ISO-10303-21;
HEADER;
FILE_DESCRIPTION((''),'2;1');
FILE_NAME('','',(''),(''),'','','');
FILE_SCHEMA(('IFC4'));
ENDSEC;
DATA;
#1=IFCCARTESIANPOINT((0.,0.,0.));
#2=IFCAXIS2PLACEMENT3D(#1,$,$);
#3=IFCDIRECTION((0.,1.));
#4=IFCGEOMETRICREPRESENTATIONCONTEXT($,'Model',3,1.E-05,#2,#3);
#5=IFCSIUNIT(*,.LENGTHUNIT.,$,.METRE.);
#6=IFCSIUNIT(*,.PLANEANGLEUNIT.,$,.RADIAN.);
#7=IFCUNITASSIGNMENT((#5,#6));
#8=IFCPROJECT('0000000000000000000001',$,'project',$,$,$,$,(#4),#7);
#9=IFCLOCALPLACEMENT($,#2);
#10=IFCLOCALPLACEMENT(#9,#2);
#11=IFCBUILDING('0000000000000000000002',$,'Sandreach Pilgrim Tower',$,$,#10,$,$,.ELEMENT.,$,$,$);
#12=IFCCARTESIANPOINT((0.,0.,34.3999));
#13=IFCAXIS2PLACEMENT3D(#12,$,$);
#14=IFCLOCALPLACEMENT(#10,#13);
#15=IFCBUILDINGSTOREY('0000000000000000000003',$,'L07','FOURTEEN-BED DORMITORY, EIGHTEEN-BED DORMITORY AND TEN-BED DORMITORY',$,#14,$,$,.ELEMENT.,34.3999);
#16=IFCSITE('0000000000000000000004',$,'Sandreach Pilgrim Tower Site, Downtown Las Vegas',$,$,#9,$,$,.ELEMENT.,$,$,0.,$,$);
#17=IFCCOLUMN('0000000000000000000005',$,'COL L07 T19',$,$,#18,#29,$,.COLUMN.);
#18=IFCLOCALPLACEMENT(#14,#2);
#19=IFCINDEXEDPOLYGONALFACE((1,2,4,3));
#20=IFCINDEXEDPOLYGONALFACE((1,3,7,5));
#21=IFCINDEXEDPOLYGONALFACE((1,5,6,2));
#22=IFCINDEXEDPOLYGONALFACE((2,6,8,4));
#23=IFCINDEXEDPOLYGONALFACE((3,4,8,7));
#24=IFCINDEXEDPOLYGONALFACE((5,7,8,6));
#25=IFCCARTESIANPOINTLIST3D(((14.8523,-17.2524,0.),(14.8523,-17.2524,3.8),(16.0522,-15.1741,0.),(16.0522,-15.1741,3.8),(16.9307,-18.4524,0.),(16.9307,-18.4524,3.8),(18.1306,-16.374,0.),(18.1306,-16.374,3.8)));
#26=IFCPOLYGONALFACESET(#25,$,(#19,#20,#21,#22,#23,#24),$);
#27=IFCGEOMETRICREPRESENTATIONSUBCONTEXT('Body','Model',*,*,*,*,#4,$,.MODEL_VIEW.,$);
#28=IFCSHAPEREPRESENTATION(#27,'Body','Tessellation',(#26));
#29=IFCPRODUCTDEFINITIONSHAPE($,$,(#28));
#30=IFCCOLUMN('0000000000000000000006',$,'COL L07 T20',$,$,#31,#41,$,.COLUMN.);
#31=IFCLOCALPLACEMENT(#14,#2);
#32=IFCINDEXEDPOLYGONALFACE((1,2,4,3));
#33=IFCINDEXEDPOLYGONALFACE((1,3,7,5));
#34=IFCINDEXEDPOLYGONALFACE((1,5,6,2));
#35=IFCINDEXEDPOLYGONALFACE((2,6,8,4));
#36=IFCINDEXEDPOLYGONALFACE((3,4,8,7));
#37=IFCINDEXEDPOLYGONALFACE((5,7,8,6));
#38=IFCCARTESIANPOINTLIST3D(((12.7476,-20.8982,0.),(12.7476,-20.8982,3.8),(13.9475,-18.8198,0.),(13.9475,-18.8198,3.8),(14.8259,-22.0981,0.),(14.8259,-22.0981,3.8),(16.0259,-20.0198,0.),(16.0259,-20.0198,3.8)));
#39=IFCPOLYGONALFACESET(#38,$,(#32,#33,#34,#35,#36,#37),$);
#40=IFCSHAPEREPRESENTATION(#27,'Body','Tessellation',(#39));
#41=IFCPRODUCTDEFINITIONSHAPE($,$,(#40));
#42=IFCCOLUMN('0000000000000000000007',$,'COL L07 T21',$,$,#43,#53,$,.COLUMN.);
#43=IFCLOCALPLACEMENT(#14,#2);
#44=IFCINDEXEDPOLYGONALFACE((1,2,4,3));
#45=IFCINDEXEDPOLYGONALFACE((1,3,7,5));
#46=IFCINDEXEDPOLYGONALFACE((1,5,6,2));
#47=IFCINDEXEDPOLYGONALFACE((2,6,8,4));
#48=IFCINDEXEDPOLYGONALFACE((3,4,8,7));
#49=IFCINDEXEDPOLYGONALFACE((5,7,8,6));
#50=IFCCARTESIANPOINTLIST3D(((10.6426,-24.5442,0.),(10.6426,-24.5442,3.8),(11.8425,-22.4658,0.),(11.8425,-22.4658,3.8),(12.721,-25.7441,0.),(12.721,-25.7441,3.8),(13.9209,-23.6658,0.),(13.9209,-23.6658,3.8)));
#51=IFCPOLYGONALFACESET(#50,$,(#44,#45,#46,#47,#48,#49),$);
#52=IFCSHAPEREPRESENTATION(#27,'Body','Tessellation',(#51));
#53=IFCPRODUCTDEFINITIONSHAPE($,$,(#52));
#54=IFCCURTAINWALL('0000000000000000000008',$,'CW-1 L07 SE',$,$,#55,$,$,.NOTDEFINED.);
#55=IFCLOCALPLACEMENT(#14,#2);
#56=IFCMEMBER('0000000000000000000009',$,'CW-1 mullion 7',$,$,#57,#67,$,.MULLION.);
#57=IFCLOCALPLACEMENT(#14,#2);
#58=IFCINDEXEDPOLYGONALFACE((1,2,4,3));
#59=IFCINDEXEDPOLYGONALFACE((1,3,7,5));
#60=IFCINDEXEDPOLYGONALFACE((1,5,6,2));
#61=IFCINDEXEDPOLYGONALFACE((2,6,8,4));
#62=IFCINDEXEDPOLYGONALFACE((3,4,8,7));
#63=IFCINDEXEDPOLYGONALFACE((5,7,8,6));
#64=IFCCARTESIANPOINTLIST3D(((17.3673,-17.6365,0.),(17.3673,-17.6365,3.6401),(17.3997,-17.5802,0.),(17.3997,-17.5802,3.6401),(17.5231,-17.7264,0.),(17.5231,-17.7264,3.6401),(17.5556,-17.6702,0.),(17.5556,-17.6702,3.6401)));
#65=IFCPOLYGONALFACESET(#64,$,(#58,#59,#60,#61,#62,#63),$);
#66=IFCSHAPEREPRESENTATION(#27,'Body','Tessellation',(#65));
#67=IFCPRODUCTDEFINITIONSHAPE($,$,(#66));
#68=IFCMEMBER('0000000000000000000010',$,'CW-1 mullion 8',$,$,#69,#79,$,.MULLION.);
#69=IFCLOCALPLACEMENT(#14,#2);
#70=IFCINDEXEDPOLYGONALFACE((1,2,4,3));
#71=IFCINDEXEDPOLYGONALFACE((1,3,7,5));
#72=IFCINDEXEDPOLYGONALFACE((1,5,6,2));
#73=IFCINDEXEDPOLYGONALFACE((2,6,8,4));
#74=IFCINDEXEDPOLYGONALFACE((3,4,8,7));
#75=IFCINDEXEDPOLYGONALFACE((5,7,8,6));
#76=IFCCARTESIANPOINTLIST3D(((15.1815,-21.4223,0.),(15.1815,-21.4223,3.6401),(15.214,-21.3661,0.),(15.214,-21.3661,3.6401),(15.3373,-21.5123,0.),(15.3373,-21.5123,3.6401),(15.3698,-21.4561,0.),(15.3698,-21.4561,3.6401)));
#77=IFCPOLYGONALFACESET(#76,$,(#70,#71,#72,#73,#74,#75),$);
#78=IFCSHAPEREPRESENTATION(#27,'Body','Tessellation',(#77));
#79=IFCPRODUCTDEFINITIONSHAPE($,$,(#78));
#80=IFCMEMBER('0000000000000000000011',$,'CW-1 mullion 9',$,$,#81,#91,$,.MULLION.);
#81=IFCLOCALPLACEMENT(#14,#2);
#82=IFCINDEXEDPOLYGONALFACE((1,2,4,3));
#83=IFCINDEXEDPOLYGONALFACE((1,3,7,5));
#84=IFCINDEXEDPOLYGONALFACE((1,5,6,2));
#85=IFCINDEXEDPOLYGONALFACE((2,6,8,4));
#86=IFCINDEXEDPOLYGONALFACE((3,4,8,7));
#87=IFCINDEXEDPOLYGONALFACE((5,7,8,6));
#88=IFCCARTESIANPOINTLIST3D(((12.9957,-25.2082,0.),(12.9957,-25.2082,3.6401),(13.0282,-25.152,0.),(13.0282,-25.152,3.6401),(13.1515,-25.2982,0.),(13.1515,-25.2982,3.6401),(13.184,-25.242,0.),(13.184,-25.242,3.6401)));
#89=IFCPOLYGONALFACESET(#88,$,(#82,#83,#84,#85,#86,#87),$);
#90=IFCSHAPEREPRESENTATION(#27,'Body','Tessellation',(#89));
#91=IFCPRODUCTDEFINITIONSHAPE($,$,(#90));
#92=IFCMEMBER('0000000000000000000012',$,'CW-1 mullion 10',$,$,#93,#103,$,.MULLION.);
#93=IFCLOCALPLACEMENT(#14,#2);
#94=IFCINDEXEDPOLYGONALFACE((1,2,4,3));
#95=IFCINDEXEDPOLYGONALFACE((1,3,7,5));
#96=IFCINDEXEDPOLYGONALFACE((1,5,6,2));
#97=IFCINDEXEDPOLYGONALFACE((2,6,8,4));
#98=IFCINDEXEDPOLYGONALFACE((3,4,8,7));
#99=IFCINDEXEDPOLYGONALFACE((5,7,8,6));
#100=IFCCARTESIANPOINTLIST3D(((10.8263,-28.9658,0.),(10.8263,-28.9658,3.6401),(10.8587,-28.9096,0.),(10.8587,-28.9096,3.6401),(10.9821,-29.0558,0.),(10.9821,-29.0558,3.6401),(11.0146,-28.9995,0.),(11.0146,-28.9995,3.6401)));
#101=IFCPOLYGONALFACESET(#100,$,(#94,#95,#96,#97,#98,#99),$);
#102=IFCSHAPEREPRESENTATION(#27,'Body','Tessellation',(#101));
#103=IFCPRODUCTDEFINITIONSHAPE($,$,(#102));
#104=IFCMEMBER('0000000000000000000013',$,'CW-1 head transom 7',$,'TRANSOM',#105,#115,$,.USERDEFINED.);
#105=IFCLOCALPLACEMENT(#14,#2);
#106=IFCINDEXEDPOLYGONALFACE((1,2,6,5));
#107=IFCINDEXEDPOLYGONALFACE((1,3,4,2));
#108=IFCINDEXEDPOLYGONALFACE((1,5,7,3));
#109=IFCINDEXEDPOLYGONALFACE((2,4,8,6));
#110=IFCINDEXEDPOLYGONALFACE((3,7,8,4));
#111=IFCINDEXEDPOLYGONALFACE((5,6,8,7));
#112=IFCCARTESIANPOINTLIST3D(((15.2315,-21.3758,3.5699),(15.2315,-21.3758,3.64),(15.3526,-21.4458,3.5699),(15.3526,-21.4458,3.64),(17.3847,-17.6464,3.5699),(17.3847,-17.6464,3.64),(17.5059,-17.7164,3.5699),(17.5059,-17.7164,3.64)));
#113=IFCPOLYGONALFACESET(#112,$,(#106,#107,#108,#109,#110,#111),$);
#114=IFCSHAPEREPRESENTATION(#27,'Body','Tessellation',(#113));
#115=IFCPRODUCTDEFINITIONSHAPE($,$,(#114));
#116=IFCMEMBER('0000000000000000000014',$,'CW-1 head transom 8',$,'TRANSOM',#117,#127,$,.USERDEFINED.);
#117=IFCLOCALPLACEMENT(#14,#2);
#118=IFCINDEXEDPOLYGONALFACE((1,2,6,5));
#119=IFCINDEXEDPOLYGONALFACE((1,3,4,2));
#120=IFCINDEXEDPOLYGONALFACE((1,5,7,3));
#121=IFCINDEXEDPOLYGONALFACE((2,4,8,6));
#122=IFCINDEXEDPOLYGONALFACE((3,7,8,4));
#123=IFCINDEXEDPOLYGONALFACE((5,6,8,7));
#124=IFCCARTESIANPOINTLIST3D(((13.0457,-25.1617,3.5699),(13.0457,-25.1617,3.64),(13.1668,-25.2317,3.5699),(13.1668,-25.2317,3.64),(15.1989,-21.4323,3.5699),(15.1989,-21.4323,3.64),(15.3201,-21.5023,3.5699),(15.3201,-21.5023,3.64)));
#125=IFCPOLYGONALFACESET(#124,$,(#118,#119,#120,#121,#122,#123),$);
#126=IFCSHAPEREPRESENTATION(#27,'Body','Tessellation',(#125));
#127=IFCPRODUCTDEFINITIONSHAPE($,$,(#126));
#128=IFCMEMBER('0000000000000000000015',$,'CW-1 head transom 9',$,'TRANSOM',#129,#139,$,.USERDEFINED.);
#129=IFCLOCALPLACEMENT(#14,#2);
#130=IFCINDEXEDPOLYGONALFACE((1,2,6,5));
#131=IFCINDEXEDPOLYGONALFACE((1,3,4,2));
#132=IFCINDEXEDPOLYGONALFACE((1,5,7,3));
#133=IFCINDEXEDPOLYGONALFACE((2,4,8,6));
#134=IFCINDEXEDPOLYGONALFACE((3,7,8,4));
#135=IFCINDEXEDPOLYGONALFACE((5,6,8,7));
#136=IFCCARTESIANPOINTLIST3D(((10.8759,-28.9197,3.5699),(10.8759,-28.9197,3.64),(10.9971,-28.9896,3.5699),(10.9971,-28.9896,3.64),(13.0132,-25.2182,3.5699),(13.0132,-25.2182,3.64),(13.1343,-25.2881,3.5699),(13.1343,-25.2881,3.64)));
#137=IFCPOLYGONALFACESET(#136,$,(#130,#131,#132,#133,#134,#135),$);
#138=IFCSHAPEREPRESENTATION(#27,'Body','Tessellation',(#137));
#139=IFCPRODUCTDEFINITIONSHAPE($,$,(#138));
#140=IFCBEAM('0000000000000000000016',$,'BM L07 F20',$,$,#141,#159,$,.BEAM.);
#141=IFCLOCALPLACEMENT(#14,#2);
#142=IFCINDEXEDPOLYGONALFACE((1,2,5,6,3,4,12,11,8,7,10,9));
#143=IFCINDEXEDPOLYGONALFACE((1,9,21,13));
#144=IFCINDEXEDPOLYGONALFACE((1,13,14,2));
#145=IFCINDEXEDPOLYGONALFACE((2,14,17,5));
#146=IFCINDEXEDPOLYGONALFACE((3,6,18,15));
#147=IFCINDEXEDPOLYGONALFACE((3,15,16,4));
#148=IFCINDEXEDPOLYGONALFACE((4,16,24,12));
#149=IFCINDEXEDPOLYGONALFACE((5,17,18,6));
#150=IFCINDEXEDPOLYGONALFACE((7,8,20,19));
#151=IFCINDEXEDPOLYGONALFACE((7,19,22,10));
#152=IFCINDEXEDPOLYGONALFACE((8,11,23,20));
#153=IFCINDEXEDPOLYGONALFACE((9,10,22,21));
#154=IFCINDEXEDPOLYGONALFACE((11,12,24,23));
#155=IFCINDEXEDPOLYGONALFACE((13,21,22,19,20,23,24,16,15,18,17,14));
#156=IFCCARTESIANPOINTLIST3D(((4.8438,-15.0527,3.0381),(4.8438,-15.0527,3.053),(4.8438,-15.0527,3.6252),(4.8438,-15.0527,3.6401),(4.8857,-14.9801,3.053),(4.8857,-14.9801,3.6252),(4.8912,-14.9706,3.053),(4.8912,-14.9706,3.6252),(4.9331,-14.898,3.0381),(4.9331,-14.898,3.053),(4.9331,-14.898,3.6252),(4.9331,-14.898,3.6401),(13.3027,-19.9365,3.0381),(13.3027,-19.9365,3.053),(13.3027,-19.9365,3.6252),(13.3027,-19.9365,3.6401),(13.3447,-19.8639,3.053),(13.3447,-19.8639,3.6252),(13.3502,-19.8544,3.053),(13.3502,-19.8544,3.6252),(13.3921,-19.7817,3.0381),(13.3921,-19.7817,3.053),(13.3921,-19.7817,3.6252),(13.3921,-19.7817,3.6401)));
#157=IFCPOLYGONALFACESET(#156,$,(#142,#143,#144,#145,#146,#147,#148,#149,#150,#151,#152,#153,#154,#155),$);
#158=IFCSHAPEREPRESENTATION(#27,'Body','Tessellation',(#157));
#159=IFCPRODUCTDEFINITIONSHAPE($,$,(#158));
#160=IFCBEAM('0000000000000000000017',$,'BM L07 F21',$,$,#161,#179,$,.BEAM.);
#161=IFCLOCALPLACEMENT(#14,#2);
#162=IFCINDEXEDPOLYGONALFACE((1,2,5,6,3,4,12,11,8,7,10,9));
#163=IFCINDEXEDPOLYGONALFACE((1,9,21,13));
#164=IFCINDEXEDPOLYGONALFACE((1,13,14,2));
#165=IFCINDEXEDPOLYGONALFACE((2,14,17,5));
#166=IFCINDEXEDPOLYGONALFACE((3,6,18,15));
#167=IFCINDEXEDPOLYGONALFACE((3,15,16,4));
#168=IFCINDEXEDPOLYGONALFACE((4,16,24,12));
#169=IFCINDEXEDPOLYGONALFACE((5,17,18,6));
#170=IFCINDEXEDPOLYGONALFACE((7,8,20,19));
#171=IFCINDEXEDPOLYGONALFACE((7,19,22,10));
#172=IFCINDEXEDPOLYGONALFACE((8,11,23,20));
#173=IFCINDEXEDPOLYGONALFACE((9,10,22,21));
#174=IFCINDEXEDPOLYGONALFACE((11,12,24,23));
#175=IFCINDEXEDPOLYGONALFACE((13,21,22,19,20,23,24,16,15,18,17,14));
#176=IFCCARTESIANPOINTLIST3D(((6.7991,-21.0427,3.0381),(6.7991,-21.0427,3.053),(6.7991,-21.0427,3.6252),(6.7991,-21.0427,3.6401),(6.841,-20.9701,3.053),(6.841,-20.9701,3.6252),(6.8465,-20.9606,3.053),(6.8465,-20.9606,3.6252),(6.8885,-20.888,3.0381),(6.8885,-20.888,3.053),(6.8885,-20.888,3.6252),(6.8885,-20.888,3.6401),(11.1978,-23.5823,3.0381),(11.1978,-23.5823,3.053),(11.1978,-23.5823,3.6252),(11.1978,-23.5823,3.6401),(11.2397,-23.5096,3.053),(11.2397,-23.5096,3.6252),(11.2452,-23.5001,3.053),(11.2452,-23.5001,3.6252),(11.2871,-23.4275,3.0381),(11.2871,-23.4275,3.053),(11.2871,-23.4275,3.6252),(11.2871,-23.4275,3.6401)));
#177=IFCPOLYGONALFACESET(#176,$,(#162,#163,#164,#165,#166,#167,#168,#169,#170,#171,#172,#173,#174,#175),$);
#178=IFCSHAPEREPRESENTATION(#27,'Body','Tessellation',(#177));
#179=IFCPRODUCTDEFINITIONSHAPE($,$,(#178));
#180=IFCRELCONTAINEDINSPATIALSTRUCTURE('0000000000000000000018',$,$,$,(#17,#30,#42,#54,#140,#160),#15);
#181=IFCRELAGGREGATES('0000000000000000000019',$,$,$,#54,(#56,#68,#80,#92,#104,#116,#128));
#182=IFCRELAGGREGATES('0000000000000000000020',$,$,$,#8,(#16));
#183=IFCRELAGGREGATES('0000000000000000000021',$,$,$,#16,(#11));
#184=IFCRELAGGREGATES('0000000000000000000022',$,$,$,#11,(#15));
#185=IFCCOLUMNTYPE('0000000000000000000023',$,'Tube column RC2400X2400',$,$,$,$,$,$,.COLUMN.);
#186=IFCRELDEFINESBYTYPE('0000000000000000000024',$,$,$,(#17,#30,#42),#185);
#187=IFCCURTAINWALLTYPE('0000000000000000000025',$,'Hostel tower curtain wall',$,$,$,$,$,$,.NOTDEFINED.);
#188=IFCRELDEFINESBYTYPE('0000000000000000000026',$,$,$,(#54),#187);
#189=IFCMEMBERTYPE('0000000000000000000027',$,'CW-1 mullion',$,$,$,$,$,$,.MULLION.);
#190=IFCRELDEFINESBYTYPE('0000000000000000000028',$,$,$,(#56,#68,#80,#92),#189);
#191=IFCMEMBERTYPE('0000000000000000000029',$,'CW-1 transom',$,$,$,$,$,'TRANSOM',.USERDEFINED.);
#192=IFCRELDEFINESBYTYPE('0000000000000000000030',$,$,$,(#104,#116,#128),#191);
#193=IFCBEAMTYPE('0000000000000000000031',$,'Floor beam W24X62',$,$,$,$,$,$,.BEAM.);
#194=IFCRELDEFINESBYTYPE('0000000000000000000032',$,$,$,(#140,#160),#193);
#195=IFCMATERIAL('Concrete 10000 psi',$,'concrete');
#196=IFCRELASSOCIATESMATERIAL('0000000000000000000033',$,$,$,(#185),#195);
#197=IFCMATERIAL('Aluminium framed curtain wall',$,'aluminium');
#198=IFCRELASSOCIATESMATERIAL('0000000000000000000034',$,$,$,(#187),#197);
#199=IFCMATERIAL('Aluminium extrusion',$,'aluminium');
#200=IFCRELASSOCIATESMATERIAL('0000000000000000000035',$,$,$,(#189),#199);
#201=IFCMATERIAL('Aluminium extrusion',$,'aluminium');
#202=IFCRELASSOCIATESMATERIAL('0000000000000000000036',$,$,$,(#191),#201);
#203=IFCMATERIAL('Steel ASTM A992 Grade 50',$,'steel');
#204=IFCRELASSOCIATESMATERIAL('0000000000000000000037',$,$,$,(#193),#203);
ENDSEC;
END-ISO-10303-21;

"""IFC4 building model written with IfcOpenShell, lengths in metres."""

from ifc_helpers import new_model, si_unit, direction, frame, origin, origin_2d, place, context, subcontext, project, spatial, rectangle, i_section, extrude, material, material_profile, profile_set, type_object, element, aggregate, save


model = new_model("IFC4")

# Units and contexts
model_context = context("Model", 3, precision=1e-05, world=origin(), true_north=direction((0.0, 1.0)))
body_context = subcontext(model_context, "Body", "Model", "MODEL_VIEW")
ifc_project = project(units=[si_unit("LENGTHUNIT", "METRE"), si_unit("PLANEANGLEUNIT", "RADIAN")], contexts=[model_context])

# Site, building, storey
site_placement = place(None, origin())
site = spatial("IfcSite", under=ifc_project, at=site_placement, Name="Sandreach Pilgrim Tower Site, Downtown Las Vegas", CompositionType="ELEMENT", RefElevation=0.0)
building_placement = place(site_placement, origin())
building = spatial("IfcBuilding", under=site, at=building_placement, Name="Sandreach Pilgrim Tower", CompositionType="ELEMENT")
storey_placement = place(building_placement, frame((0.0, 0.0, 34.3999)))
storey = spatial("IfcBuildingStorey", under=building, at=storey_placement, Name="L07", Description="FOURTEEN-BED DORMITORY, EIGHTEEN-BED DORMITORY AND TEN-BED DORMITORY", CompositionType="ELEMENT", Elevation=34.3999)

# Columns
ifc_material_1 = material(Name="Concrete 10000 psi", Category="concrete")
ifc_material_profile_1 = material_profile(ifc_material_1, rectangle(XDim=2.3999, YDim=2.3999, at=origin_2d()), Name="RC2400X2400")
ifc_profile_set_1 = profile_set([ifc_material_profile_1], Name="Concrete 10000 psi")
column_type = type_object("IfcColumnType", Name="Tube column RC2400X2400", PredefinedType="COLUMN", material=ifc_profile_set_1)
for number, where, z_axis, x_axis, name in (
    (1, (16.4915, -16.8132, 0.0), (0.0, 0.0, 1.0), (0.866025, -0.5, 0.0), "COL L07 T19"),
    (2, (14.3867, -20.459, 0.0), (0.0, 0.0, 1.0), (0.866025, -0.5, 0.0), "COL L07 T20"),
    (3, (12.2817, -24.105, 0.0), (0.0, 0.0, 1.0), (0.866025, -0.5, 0.0), "COL L07 T21"),
):
    element("IfcColumn", number, at=place(storey_placement, frame(where, z_axis=z_axis, x_axis=x_axis)), inside=storey, type_object=column_type, Name=name, PredefinedType="COLUMN", context=body_context, shape_type="SweptSolid", body=[
        extrude(rectangle(XDim=2.3999, YDim=2.3999, at=origin_2d()), origin(), (0.0, 0.0, 1.0), 3.8),
    ])

# Curtain wall, members
ifc_material_2 = material(Name="Aluminium framed curtain wall", Category="aluminium")
curtain_wall_type = type_object("IfcCurtainWallType", Name="Hostel tower curtain wall", PredefinedType="NOTDEFINED", material=ifc_material_2)
curtain_wall_placement = place(storey_placement, origin())
curtain_wall = element("IfcCurtainWall", 4, at=curtain_wall_placement, inside=storey, type_object=curtain_wall_type, Name="CW-1 L07 SE", PredefinedType="NOTDEFINED")
ifc_material_3 = material(Name="Aluminium extrusion", Category="aluminium")
ifc_material_profile_2 = material_profile(ifc_material_3, rectangle(XDim=0.0649, YDim=0.1799, at=origin_2d()), Name="CW-1M 65X180")
ifc_profile_set_2 = profile_set([ifc_material_profile_2], Name="Aluminium extrusion")
member_type_1 = type_object("IfcMemberType", Name="CW-1 mullion", PredefinedType="MULLION", material=ifc_profile_set_2)
member_1_placement = place(storey_placement, frame((17.4614, -17.6533, 0.0), z_axis=(0.0, 0.0, 1.0), x_axis=(-0.5, -0.866025, 0.0)))
member_1 = element("IfcMember", 5, at=member_1_placement, type_object=member_type_1, Name="CW-1 mullion 7", PredefinedType="MULLION", context=body_context, shape_type="SweptSolid", body=[
    extrude(rectangle(XDim=0.0649, YDim=0.1799, at=origin_2d()), origin(), (0.0, 0.0, 1.0), 3.6401),
])
member_2_placement = place(storey_placement, frame((15.2756, -21.4392, 0.0), z_axis=(0.0, 0.0, 1.0), x_axis=(-0.5, -0.866025, 0.0)))
member_2 = element("IfcMember", 6, at=member_2_placement, type_object=member_type_1, Name="CW-1 mullion 8", PredefinedType="MULLION", context=body_context, shape_type="SweptSolid", body=[
    extrude(rectangle(XDim=0.0649, YDim=0.1799, at=origin_2d()), origin(), (0.0, 0.0, 1.0), 3.6401),
])
member_3_placement = place(storey_placement, frame((13.0898, -25.2251, 0.0), z_axis=(0.0, 0.0, 1.0), x_axis=(-0.5, -0.866025, 0.0)))
member_3 = element("IfcMember", 7, at=member_3_placement, type_object=member_type_1, Name="CW-1 mullion 9", PredefinedType="MULLION", context=body_context, shape_type="SweptSolid", body=[
    extrude(rectangle(XDim=0.0649, YDim=0.1799, at=origin_2d()), origin(), (0.0, 0.0, 1.0), 3.6401),
])
member_4_placement = place(storey_placement, frame((10.9204, -28.9827, 0.0), z_axis=(0.0, 0.0, 1.0), x_axis=(-0.5, -0.866025, 0.0)))
member_4 = element("IfcMember", 8, at=member_4_placement, type_object=member_type_1, Name="CW-1 mullion 10", PredefinedType="MULLION", context=body_context, shape_type="SweptSolid", body=[
    extrude(rectangle(XDim=0.0649, YDim=0.1799, at=origin_2d()), origin(), (0.0, 0.0, 1.0), 3.6401),
])
ifc_material_4 = material(Name="Aluminium extrusion", Category="aluminium")
ifc_material_profile_3 = material_profile(ifc_material_4, rectangle(XDim=0.1399, YDim=0.0701, at=origin_2d()), Name="CW-1T 140X70")
ifc_profile_set_3 = profile_set([ifc_material_profile_3], Name="Aluminium extrusion")
member_type_2 = type_object("IfcMemberType", Name="CW-1 transom", ElementType="TRANSOM", PredefinedType="USERDEFINED", material=ifc_profile_set_3)
member_5_placement = place(storey_placement, frame((17.4453, -17.6814, 3.605), z_axis=(-0.500017, -0.866016, 0.0), x_axis=(0.866016, -0.500017, 0.0)))
member_5 = element("IfcMember", 9, at=member_5_placement, type_object=member_type_2, Name="CW-1 head transom 7", ObjectType="TRANSOM", PredefinedType="USERDEFINED", context=body_context, shape_type="SweptSolid", body=[
    extrude(rectangle(XDim=0.1399, YDim=0.0701, at=origin_2d()), origin(), (0.0, 0.0, 1.0), 4.3064),
])
member_6_placement = place(storey_placement, frame((15.2595, -21.4673, 3.605), z_axis=(-0.500017, -0.866016, 0.0), x_axis=(0.866016, -0.500017, 0.0)))
member_6 = element("IfcMember", 10, at=member_6_placement, type_object=member_type_2, Name="CW-1 head transom 8", ObjectType="TRANSOM", PredefinedType="USERDEFINED", context=body_context, shape_type="SweptSolid", body=[
    extrude(rectangle(XDim=0.1399, YDim=0.0701, at=origin_2d()), origin(), (0.0, 0.0, 1.0), 4.3064),
])
member_7_placement = place(storey_placement, frame((13.0737, -25.2532, 3.605), z_axis=(-0.500034, -0.866006, 0.0), x_axis=(0.866006, -0.500034, 0.0)))
member_7 = element("IfcMember", 11, at=member_7_placement, type_object=member_type_2, Name="CW-1 head transom 9", ObjectType="TRANSOM", PredefinedType="USERDEFINED", context=body_context, shape_type="SweptSolid", body=[
    extrude(rectangle(XDim=0.1399, YDim=0.0701, at=origin_2d()), origin(), (0.0, 0.0, 1.0), 4.2742),
])

# Beams
ifc_material_5 = material(Name="Steel ASTM A992 Grade 50", Category="steel")
ifc_material_profile_4 = material_profile(ifc_material_5, i_section(OverallWidth=0.1787, OverallDepth=0.6021, WebThickness=0.011, FlangeThickness=0.0149, at=origin_2d()), Name="W24X62")
ifc_profile_set_4 = profile_set([ifc_material_profile_4], Name="Steel ASTM A992 Grade 50")
beam_type_1 = type_object("IfcBeamType", Name="Floor beam W24X62", PredefinedType="BEAM", material=ifc_profile_set_4)
beam_1_placement = place(storey_placement, frame((13.3474, -19.8591, 3.3391), z_axis=(-0.866026, 0.499999, 0.0), x_axis=(-0.499999, -0.866026, 0.0)))
element("IfcBeam", 12, at=beam_1_placement, inside=storey, type_object=beam_type_1, Name="BM L07 F20", PredefinedType="BEAM", context=body_context, shape_type="SweptSolid", body=[
    extrude(i_section(OverallWidth=0.1787, OverallDepth=0.6021, WebThickness=0.011, FlangeThickness=0.0149, at=origin_2d()), origin(), (0.0, 0.0, 1.0), 9.7676),
])
beam_2_placement = place(storey_placement, frame((11.2424, -23.5049, 3.3391), z_axis=(-0.866028, 0.499996, 0.0), x_axis=(-0.499996, -0.866028, 0.0)))
element("IfcBeam", 13, at=beam_2_placement, inside=storey, type_object=beam_type_1, Name="BM L07 F21", PredefinedType="BEAM", context=body_context, shape_type="SweptSolid", body=[
    extrude(i_section(OverallWidth=0.1787, OverallDepth=0.6021, WebThickness=0.011, FlangeThickness=0.0149, at=origin_2d()), origin(), (0.0, 0.0, 1.0), 5.0791),
])

aggregate(curtain_wall, [member_1, member_2, member_3, member_4, member_5, member_6, member_7])

save(model, "model.ifc")
